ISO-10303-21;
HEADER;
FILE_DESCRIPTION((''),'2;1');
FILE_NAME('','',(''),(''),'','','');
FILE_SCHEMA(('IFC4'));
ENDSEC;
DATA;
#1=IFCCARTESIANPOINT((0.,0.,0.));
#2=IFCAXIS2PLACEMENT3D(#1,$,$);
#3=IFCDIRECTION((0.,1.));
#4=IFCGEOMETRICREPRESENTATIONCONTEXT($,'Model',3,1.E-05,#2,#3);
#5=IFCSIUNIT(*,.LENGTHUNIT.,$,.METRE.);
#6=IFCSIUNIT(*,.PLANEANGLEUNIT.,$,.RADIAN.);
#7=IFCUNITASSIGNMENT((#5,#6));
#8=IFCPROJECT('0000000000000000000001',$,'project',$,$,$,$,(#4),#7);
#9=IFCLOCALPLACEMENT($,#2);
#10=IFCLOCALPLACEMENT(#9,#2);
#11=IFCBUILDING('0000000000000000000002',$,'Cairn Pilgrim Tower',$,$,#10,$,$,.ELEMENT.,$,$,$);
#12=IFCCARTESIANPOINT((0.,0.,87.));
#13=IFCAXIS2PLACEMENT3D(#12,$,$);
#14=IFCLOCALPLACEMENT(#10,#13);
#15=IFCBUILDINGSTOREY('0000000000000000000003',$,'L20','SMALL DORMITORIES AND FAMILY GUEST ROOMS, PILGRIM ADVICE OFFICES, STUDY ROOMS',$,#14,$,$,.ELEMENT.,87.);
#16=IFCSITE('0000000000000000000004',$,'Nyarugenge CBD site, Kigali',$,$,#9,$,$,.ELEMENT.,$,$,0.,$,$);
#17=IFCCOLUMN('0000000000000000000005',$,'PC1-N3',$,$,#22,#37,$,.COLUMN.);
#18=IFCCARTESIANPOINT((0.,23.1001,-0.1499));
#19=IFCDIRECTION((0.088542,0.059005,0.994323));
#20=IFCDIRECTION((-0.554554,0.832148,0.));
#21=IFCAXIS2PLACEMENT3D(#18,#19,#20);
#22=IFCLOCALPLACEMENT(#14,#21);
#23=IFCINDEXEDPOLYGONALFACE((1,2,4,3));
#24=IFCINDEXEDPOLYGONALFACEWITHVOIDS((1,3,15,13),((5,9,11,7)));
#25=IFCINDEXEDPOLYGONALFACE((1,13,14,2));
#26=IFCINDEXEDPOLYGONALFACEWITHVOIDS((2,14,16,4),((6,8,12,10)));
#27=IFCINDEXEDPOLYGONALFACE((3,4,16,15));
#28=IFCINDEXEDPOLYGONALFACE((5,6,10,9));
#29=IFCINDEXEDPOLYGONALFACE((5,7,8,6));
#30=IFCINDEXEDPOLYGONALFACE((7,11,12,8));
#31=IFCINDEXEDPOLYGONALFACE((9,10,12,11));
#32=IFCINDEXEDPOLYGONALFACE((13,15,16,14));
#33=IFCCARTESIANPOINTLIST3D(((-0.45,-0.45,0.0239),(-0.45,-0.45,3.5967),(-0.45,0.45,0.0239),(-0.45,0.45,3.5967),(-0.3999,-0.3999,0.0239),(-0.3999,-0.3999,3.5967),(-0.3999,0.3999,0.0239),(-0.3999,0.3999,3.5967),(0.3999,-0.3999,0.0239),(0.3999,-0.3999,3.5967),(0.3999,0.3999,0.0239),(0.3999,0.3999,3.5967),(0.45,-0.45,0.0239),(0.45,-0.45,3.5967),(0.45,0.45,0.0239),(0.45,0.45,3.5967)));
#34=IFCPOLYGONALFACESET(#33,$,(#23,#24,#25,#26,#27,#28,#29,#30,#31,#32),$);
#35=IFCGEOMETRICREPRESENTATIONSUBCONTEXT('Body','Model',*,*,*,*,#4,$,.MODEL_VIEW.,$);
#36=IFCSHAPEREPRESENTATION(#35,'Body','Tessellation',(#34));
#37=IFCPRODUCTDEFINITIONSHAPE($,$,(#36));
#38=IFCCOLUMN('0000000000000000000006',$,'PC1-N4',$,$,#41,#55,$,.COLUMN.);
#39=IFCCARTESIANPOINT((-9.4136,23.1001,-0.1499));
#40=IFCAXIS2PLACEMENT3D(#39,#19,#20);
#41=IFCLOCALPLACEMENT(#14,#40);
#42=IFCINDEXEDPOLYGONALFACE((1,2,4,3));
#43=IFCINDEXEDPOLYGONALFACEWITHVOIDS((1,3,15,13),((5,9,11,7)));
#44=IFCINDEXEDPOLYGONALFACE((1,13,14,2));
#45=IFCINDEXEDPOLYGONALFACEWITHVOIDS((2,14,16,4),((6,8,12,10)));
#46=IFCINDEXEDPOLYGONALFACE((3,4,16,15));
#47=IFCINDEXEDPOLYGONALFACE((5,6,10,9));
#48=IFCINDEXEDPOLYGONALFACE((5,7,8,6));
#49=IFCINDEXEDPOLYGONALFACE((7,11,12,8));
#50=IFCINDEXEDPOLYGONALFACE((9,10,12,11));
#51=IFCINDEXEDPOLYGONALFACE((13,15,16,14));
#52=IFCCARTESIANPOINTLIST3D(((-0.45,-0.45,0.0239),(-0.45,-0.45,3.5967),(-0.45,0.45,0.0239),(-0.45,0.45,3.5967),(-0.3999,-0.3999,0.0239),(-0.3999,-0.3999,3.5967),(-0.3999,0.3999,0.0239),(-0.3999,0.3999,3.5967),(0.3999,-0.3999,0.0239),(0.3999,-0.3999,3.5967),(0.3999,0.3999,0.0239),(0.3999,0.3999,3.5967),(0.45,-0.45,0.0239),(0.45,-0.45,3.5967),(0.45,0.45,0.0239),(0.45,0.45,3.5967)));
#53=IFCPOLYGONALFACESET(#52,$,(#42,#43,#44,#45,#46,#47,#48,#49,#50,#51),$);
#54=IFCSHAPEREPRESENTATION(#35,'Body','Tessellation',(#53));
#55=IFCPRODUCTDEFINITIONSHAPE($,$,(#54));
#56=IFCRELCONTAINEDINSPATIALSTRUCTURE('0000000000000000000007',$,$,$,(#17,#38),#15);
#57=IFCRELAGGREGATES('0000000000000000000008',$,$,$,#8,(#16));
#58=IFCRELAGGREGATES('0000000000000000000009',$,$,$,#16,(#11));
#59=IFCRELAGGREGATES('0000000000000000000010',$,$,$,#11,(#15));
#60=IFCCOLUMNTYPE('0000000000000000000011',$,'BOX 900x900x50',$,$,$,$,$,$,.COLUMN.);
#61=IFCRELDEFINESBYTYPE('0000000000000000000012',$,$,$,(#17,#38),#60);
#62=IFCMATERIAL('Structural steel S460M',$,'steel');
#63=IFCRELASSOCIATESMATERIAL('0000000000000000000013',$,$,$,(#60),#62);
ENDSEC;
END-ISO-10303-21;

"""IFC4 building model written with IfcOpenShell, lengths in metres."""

from ifc_helpers import new_model, si_unit, direction, frame, origin, origin_2d, place, context, subcontext, project, spatial, hollow_rectangle, extrude, clip, halfspace, material, material_profile, profile_set, type_object, element, save


model = new_model("IFC4")

# Units and contexts
model_context = context("Model", 3, precision=1e-05, world=origin(), true_north=direction((0.0, 1.0)))
body_context = subcontext(model_context, "Body", "Model", "MODEL_VIEW")
ifc_project = project(units=[si_unit("LENGTHUNIT", "METRE"), si_unit("PLANEANGLEUNIT", "RADIAN")], contexts=[model_context])

# Site, building, storey
site_placement = place(None, origin())
site = spatial("IfcSite", under=ifc_project, at=site_placement, Name="Nyarugenge CBD site, Kigali", CompositionType="ELEMENT", RefElevation=0.0)
building_placement = place(site_placement, origin())
building = spatial("IfcBuilding", under=site, at=building_placement, Name="Cairn Pilgrim Tower", CompositionType="ELEMENT")
storey_placement = place(building_placement, frame((0.0, 0.0, 87.0)))
storey = spatial("IfcBuildingStorey", under=building, at=storey_placement, Name="L20", Description="SMALL DORMITORIES AND FAMILY GUEST ROOMS, PILGRIM ADVICE OFFICES, STUDY ROOMS", CompositionType="ELEMENT", Elevation=87.0)

# Columns
ifc_material_1 = material(Name="Structural steel S460M", Category="steel")
ifc_material_profile_1 = material_profile(ifc_material_1, hollow_rectangle(XDim=0.8999, YDim=0.8999, WallThickness=0.05, at=origin_2d()), Name="BOX 900x900x50")
ifc_profile_set_1 = profile_set([ifc_material_profile_1], Name="Structural steel S460M")
column_type_1 = type_object("IfcColumnType", Name="BOX 900x900x50", PredefinedType="COLUMN", material=ifc_profile_set_1)
for number, where, z_axis, x_axis, name in (
    (1, (0.0, 23.1001, -0.1499), (0.088542, 0.059005, 0.994323), (-0.554554, 0.832148, 0.0), "PC1-N3"),
    (2, (-9.4136, 23.1001, -0.1499), (0.088542, 0.059005, 0.994323), (-0.554554, 0.832148, 0.0), "PC1-N4"),
):
    element("IfcColumn", number, at=place(storey_placement, frame(where, z_axis=z_axis, x_axis=x_axis)), inside=storey, type_object=column_type_1, Name=name, PredefinedType="COLUMN", context=body_context, shape_type="Clipping", body=[
        clip(clip(extrude(hollow_rectangle(XDim=0.8999, YDim=0.8999, WallThickness=0.05, at=origin_2d()), origin(), (0.0, 0.0, 1.0), 3.6204), halfspace(frame((0.0, 0.0, 0.0239), z_axis=(0.0, 0.0, 1.0), x_axis=(1.0, 0.0, 0.0)), True)), halfspace(frame((0.0, 0.0, 3.5967), z_axis=(0.0, 0.0, 1.0), x_axis=(1.0, 0.0, 0.0)), False)),
    ])

save(model, "model.ifc")
